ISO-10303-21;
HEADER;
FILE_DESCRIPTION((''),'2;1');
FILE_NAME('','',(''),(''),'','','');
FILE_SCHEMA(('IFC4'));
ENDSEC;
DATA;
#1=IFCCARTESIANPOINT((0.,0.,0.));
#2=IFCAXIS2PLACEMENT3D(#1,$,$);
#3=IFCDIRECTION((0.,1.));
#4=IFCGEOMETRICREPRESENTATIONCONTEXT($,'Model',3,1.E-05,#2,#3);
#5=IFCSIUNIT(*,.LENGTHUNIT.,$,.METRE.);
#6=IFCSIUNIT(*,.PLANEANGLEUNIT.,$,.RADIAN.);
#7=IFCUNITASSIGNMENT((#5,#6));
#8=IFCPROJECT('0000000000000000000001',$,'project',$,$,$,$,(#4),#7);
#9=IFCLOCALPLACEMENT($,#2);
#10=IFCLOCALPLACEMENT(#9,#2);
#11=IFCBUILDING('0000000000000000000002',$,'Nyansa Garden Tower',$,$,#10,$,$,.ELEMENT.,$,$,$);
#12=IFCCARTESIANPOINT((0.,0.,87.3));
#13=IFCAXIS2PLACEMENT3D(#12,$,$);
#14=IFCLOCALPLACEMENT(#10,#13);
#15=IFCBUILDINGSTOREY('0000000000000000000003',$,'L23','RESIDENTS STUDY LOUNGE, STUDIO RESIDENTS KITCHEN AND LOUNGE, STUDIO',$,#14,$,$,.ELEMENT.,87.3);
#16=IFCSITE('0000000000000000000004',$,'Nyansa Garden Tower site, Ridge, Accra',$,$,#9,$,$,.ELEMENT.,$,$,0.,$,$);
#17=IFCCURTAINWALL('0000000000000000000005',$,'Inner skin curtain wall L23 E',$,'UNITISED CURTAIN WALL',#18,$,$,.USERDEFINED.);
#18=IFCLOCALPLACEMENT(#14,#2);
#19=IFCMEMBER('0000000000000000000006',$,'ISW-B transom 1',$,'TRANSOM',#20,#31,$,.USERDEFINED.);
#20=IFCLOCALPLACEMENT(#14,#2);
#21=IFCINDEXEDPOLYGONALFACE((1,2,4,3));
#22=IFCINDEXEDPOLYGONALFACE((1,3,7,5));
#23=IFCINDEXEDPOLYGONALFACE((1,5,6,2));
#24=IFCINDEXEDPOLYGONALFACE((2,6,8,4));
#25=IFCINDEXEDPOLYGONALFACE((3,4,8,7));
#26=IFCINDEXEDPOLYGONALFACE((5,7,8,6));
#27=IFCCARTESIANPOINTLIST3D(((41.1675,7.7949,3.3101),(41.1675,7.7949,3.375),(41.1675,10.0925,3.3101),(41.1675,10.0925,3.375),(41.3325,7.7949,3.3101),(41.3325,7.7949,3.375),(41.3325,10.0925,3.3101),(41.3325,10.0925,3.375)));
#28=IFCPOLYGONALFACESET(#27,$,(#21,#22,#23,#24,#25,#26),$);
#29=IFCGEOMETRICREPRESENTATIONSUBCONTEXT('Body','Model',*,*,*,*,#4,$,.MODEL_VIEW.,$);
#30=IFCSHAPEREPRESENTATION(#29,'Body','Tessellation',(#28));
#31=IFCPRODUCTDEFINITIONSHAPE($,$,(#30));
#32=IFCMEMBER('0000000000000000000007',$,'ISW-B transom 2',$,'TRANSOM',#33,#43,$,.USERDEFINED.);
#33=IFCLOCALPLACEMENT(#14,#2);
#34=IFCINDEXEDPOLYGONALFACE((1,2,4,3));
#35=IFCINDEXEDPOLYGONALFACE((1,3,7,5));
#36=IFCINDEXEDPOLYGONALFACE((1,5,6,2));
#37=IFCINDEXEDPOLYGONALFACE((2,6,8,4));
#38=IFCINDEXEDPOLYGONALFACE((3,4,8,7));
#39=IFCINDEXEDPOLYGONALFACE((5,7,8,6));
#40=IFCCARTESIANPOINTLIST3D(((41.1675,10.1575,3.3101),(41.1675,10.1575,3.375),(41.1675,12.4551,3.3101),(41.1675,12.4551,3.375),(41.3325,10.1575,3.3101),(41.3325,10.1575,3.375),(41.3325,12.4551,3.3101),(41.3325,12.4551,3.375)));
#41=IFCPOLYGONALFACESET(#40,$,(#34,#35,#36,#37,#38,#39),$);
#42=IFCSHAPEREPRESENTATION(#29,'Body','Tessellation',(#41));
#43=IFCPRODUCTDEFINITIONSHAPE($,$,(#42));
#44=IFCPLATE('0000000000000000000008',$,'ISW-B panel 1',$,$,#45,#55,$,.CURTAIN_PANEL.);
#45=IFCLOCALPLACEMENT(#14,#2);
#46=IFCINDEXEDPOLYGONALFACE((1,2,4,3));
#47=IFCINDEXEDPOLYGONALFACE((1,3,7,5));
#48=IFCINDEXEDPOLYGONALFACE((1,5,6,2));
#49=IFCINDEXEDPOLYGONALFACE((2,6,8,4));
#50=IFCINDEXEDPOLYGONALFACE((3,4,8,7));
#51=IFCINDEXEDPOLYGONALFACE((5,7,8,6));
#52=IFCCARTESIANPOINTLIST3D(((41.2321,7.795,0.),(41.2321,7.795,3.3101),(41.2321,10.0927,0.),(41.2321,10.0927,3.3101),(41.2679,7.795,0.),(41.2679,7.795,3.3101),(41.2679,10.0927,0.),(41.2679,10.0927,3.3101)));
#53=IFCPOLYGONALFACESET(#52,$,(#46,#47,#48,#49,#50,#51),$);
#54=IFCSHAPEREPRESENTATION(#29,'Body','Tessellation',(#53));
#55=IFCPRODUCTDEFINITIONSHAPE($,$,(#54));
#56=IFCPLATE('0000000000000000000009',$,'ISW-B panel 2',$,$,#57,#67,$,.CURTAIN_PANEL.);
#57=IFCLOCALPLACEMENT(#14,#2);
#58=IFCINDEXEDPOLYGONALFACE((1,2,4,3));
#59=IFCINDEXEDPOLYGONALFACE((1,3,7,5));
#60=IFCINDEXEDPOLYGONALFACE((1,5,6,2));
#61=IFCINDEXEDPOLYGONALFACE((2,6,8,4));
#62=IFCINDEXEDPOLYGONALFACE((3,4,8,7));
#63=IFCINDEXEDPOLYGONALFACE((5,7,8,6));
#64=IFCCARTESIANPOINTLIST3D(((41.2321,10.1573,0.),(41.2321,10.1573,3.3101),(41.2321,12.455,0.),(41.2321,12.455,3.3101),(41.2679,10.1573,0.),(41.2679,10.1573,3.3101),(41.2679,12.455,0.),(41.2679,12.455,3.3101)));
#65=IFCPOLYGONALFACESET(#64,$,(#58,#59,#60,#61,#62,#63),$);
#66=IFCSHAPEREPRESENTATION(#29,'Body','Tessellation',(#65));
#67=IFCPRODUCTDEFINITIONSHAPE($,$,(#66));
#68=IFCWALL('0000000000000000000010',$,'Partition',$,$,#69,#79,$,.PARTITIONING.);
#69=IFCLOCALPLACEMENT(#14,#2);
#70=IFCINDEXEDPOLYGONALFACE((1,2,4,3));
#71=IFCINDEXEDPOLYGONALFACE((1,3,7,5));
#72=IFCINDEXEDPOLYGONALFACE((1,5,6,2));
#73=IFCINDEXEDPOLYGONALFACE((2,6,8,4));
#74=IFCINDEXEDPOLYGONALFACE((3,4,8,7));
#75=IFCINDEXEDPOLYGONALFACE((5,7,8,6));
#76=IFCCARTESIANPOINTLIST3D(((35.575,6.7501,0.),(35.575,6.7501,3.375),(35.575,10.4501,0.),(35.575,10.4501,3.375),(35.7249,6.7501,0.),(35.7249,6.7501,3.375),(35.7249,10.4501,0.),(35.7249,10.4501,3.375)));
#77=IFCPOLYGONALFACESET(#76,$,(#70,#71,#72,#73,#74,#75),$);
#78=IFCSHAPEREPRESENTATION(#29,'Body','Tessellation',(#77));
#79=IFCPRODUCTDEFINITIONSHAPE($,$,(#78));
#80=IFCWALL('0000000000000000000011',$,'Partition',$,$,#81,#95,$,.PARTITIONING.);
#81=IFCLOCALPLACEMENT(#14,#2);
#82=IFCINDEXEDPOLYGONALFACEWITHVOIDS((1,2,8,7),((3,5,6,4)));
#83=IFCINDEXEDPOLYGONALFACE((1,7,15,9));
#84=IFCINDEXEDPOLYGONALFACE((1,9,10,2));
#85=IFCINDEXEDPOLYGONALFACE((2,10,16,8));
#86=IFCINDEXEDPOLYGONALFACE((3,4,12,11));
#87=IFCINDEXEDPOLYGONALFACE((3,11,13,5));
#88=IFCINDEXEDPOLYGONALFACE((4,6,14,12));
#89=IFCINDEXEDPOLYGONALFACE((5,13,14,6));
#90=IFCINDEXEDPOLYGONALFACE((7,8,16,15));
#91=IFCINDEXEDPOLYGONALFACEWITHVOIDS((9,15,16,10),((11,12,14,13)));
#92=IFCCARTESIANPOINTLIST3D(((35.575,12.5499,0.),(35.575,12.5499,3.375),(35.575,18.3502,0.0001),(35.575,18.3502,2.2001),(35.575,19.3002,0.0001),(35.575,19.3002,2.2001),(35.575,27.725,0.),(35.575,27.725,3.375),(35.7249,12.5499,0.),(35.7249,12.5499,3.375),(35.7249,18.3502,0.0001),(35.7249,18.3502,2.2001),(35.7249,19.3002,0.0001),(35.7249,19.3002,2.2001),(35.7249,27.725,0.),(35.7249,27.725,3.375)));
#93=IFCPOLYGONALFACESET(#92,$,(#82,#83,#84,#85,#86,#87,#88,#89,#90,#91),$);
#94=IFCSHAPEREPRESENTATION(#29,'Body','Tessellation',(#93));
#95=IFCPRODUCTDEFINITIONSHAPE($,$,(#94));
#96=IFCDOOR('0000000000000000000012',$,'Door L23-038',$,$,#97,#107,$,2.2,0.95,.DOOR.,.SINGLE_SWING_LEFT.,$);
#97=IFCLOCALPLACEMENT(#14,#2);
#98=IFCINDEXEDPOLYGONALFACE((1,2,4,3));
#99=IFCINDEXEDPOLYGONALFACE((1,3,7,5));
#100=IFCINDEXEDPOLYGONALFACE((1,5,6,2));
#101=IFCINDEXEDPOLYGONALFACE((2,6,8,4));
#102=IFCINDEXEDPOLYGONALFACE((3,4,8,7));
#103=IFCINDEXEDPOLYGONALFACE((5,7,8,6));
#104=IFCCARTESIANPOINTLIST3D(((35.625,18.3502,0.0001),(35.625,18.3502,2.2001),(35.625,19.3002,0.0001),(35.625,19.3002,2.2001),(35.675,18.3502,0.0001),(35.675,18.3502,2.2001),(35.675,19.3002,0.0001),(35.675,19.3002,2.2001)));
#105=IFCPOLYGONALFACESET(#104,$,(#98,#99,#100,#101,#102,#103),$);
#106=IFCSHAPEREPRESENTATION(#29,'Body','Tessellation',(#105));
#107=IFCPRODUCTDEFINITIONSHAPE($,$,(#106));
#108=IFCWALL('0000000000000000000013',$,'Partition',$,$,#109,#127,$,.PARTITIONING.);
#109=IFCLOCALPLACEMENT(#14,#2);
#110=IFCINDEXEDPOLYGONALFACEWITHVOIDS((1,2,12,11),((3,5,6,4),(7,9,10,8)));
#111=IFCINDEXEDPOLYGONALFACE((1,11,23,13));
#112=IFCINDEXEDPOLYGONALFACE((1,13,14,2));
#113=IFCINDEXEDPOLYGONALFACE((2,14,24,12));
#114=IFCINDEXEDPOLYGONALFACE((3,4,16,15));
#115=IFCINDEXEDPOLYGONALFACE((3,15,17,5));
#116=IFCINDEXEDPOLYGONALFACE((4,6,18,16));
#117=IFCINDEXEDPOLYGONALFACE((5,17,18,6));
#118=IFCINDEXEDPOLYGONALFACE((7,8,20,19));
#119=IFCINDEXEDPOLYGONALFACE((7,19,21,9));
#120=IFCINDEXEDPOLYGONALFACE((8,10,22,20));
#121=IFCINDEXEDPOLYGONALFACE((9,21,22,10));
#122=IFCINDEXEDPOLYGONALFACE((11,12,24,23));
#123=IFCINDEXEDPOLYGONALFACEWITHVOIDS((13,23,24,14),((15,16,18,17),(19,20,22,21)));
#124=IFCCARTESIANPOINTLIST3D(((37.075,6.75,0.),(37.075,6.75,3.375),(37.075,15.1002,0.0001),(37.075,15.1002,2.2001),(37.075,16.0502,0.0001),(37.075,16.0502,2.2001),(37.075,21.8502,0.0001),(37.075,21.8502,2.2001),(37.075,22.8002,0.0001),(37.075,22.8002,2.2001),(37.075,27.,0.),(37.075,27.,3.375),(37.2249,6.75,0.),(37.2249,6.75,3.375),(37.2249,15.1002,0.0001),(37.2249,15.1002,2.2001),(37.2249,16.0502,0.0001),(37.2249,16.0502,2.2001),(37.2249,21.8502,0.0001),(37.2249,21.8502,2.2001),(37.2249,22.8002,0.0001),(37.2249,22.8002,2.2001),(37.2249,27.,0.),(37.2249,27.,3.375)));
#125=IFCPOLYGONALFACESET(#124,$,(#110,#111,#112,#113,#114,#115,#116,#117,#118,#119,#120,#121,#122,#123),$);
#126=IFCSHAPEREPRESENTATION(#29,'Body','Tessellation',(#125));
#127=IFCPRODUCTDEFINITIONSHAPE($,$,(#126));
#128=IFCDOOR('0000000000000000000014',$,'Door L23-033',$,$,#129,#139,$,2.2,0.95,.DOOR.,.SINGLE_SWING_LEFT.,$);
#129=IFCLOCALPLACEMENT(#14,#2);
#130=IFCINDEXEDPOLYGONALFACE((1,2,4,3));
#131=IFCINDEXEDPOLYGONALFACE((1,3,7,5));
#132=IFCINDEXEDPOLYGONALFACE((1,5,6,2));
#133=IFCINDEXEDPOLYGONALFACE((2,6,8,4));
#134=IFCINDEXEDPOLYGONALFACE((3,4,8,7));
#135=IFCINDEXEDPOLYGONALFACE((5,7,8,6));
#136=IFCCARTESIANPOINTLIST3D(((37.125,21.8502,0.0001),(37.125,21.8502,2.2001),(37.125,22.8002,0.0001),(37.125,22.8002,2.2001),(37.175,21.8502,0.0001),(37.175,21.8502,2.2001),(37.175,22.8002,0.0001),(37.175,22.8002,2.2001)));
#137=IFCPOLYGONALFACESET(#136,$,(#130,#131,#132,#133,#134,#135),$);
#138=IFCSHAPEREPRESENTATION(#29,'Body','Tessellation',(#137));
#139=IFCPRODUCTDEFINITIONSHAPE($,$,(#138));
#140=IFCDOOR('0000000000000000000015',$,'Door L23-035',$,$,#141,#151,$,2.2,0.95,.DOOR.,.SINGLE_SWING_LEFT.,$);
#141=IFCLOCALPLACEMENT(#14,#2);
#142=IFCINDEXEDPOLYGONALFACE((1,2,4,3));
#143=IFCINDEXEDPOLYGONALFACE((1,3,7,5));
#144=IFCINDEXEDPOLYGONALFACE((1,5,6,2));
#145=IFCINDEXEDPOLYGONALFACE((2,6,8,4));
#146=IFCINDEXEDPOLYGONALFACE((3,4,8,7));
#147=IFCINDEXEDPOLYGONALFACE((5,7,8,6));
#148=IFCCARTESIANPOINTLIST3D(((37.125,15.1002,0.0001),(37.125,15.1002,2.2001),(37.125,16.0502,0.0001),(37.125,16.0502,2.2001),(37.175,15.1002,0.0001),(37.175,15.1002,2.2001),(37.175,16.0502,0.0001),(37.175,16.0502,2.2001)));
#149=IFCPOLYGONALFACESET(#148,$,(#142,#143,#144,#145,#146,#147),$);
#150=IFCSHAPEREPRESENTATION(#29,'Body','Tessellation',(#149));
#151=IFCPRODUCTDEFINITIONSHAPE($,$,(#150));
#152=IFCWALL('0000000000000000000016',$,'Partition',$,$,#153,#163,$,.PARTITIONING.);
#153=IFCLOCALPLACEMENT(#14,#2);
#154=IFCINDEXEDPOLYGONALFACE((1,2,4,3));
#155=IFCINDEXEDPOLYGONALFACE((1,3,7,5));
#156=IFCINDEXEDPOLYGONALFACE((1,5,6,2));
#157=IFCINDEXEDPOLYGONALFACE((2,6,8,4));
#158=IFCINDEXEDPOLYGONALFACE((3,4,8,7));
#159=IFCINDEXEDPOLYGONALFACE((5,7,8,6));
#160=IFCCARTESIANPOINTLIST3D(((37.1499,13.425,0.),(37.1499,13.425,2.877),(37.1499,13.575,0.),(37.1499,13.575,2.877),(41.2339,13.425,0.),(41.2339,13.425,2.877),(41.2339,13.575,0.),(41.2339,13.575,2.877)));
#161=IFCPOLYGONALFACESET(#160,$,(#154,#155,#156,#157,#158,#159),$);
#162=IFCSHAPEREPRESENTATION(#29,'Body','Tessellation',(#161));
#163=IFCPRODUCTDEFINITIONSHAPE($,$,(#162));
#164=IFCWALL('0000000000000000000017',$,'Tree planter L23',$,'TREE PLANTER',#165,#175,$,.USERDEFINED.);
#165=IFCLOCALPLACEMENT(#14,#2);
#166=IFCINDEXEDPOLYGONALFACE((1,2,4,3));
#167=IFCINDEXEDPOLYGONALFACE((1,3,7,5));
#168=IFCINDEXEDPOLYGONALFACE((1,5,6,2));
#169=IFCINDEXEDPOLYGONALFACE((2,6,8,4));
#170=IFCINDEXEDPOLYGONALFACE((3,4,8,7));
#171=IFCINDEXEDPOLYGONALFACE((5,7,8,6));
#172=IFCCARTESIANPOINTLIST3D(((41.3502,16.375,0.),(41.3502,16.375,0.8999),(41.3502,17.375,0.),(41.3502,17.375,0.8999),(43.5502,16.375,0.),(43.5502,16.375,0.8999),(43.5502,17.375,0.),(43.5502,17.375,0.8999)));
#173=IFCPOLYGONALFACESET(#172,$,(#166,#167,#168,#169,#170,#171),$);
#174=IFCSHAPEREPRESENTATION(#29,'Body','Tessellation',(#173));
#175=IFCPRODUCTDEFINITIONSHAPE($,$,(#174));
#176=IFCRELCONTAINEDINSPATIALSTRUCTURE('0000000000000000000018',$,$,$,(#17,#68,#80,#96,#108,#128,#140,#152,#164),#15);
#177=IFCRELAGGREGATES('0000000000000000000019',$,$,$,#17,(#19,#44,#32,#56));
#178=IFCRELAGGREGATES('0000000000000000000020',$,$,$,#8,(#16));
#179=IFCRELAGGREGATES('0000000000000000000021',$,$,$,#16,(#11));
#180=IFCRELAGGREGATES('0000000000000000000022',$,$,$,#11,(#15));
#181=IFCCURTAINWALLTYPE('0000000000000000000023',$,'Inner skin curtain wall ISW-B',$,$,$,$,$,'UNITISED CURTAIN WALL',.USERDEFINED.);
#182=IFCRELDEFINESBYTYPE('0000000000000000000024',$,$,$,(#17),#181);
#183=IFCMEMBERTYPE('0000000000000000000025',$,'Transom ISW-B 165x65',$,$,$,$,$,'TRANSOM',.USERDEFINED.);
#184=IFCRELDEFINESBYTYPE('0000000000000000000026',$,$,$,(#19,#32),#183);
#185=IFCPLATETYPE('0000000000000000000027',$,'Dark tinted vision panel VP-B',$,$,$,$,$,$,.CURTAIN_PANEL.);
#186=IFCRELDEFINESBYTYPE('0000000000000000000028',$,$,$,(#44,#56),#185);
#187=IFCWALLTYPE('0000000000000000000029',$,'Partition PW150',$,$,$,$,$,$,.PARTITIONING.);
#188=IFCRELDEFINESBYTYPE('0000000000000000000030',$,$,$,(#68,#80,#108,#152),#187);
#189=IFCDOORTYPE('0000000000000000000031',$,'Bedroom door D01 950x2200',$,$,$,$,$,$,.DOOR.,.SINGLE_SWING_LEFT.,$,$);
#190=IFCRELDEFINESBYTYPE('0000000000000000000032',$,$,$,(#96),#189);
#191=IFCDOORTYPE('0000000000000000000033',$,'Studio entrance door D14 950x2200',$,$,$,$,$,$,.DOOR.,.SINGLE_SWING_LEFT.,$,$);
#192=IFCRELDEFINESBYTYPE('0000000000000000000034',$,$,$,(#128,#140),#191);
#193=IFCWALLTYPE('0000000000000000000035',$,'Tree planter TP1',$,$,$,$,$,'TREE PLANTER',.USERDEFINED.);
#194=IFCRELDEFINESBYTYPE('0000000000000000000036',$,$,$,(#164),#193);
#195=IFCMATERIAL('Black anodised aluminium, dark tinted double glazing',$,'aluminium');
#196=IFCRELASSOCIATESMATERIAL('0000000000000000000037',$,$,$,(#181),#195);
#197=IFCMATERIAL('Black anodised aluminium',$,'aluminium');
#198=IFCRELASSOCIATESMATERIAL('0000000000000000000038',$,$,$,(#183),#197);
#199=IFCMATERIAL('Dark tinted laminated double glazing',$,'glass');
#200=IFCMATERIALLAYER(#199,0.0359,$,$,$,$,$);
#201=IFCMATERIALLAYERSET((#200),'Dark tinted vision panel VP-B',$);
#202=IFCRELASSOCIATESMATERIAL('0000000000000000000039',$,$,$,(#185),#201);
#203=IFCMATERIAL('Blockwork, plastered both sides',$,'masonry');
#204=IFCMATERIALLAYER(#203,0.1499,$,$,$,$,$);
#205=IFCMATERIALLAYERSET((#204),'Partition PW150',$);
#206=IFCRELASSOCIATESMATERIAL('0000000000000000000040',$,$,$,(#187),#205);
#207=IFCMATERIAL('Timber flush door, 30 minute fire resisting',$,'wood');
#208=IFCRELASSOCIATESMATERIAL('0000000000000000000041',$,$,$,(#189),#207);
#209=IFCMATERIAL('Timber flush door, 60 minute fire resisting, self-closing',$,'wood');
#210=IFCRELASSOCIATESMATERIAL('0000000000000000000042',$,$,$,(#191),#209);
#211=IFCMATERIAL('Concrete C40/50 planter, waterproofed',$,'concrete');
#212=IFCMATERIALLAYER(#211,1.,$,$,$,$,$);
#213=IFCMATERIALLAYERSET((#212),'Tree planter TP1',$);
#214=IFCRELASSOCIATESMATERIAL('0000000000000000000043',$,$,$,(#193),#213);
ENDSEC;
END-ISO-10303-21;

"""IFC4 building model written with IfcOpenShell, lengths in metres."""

from ifc_helpers import new_model, si_unit, direction, frame, frame_2d, origin, origin_2d, place, context, subcontext, project, spatial, rectangle, extrude, material, layer, layer_set, material_profile, profile_set, type_object, element, fill, aggregate, save


model = new_model("IFC4")

# Units and contexts
model_context = context("Model", 3, precision=1e-05, world=origin(), true_north=direction((0.0, 1.0)))
body_context = subcontext(model_context, "Body", "Model", "MODEL_VIEW")
ifc_project = project(units=[si_unit("LENGTHUNIT", "METRE"), si_unit("PLANEANGLEUNIT", "RADIAN")], contexts=[model_context])

# Site, building, storey
site_placement = place(None, origin())
site = spatial("IfcSite", under=ifc_project, at=site_placement, Name="Nyansa Garden Tower site, Ridge, Accra", CompositionType="ELEMENT", RefElevation=0.0)
building_placement = place(site_placement, origin())
building = spatial("IfcBuilding", under=site, at=building_placement, Name="Nyansa Garden Tower", CompositionType="ELEMENT")
storey_placement = place(building_placement, frame((0.0, 0.0, 87.3)))
storey = spatial("IfcBuildingStorey", under=building, at=storey_placement, Name="L23", Description="RESIDENTS STUDY LOUNGE, STUDIO RESIDENTS KITCHEN AND LOUNGE, STUDIO", CompositionType="ELEMENT", Elevation=87.3)

# Curtain wall
ifc_material_1 = material(Name="Black anodised aluminium, dark tinted double glazing", Category="aluminium")
curtain_wall_type = type_object("IfcCurtainWallType", Name="Inner skin curtain wall ISW-B", ElementType="UNITISED CURTAIN WALL", PredefinedType="USERDEFINED", material=ifc_material_1)
curtain_wall_placement = place(storey_placement, origin())
curtain_wall = element("IfcCurtainWall", 1, at=curtain_wall_placement, inside=storey, type_object=curtain_wall_type, Name="Inner skin curtain wall L23 E", ObjectType="UNITISED CURTAIN WALL", PredefinedType="USERDEFINED")

# Members
ifc_material_2 = material(Name="Black anodised aluminium", Category="aluminium")
ifc_material_profile_1 = material_profile(ifc_material_2, rectangle(XDim=0.165, YDim=0.0649, at=origin_2d()), Name="Transom 165x65")
ifc_profile_set_1 = profile_set([ifc_material_profile_1], Name="Black anodised aluminium")
member_type_1 = type_object("IfcMemberType", Name="Transom ISW-B 165x65", ElementType="TRANSOM", PredefinedType="USERDEFINED", material=ifc_profile_set_1)
member_1_placement = place(storey_placement, frame((41.25, 7.7949, 3.3425), z_axis=(0.0, 1.0, 0.0), x_axis=(-1.0, 0.0, 0.0)))
member_1 = element("IfcMember", 2, at=member_1_placement, type_object=member_type_1, Name="ISW-B transom 1", ObjectType="TRANSOM", PredefinedType="USERDEFINED", context=body_context, shape_type="SweptSolid", body=[
    extrude(rectangle(XDim=0.165, YDim=0.0649, at=origin_2d()), origin(), (0.0, 0.0, 1.0), 2.2976),
])
member_2_placement = place(storey_placement, frame((41.25, 10.1575, 3.3425), z_axis=(0.0, 1.0, 0.0), x_axis=(-1.0, 0.0, 0.0)))
member_2 = element("IfcMember", 3, at=member_2_placement, type_object=member_type_1, Name="ISW-B transom 2", ObjectType="TRANSOM", PredefinedType="USERDEFINED", context=body_context, shape_type="SweptSolid", body=[
    extrude(rectangle(XDim=0.165, YDim=0.0649, at=origin_2d()), origin(), (0.0, 0.0, 1.0), 2.2976),
])

# Plates
ifc_material_3 = material(Name="Dark tinted laminated double glazing", Category="glass")
ifc_layer_1 = layer(ifc_material_3, 0.0359)
ifc_layer_set_1 = layer_set([ifc_layer_1], Name="Dark tinted vision panel VP-B")
plate_type = type_object("IfcPlateType", Name="Dark tinted vision panel VP-B", PredefinedType="CURTAIN_PANEL", material=ifc_layer_set_1)
plate_1_placement = place(storey_placement, frame((41.25, 8.9438, 0.0), z_axis=(0.0, 0.0, 1.0), x_axis=(0.0, 1.0, 0.0)))
plate_1 = element("IfcPlate", 4, at=plate_1_placement, type_object=plate_type, Name="ISW-B panel 1", PredefinedType="CURTAIN_PANEL", context=body_context, shape_type="SweptSolid", body=[
    extrude(rectangle(XDim=2.2976, YDim=0.0359, at=origin_2d()), origin(), (0.0, 0.0, 1.0), 3.3101),
])
plate_2_placement = place(storey_placement, frame((41.25, 11.3062, 0.0), z_axis=(0.0, 0.0, 1.0), x_axis=(0.0, 1.0, 0.0)))
plate_2 = element("IfcPlate", 5, at=plate_2_placement, type_object=plate_type, Name="ISW-B panel 2", PredefinedType="CURTAIN_PANEL", context=body_context, shape_type="SweptSolid", body=[
    extrude(rectangle(XDim=2.2976, YDim=0.0359, at=origin_2d()), origin(), (0.0, 0.0, 1.0), 3.3101),
])
aggregate(curtain_wall, [member_1, plate_1, member_2, plate_2])

# Wall
ifc_material_4 = material(Name="Blockwork, plastered both sides", Category="masonry")
ifc_layer_2 = layer(ifc_material_4, 0.1499)
ifc_layer_set_2 = layer_set([ifc_layer_2], Name="Partition PW150")
wall_type_1 = type_object("IfcWallType", Name="Partition PW150", PredefinedType="PARTITIONING", material=ifc_layer_set_2)
wall_1_placement = place(storey_placement, frame((35.6499, 6.75, 0.0), z_axis=(0.0, 0.0, 1.0), x_axis=(0.0, 1.0, 0.0)))
element("IfcWall", 6, at=wall_1_placement, inside=storey, type_object=wall_type_1, Name="Partition", PredefinedType="PARTITIONING", context=body_context, shape_type="SweptSolid", body=[
    extrude(rectangle(XDim=3.7, YDim=0.1499, at=frame_2d((1.8501, 0.0))), origin(), (0.0, 0.0, 1.0), 3.375),
])

# Wall, opening, door
wall_2_placement = place(storey_placement, frame((35.6499, 12.55, 0.0), z_axis=(0.0, 0.0, 1.0), x_axis=(0.0, 1.0, 0.0)))
wall_2 = element("IfcWall", 7, at=wall_2_placement, inside=storey, type_object=wall_type_1, Name="Partition", PredefinedType="PARTITIONING", context=body_context, shape_type="SweptSolid", body=[
    extrude(rectangle(XDim=15.175, YDim=0.1499, at=frame_2d((7.5874, 0.0))), origin(), (0.0, 0.0, 1.0), 3.375),
])
opening_1_placement = place(wall_2_placement, frame((5.8, 0.0, 0.0)))
opening_1 = element("IfcOpeningElement", 8, at=opening_1_placement, cuts=wall_2, PredefinedType="OPENING", context=body_context, shape_type="SweptSolid", body=[
    extrude(rectangle(XDim=0.95, YDim=2.2, at=frame_2d((0.4751, 1.1001))), frame((0.0, 0.085, 0.0), z_axis=(0.0, -1.0, 0.0), x_axis=(1.0, 0.0, 0.0)), (0.0, 0.0, 1.0), 0.1699),
])
ifc_material_5 = material(Name="Timber flush door, 30 minute fire resisting", Category="wood")
door_type_1 = type_object("IfcDoorType", Name="Bedroom door D01 950x2200", OperationType="SINGLE_SWING_LEFT", PredefinedType="DOOR", material=ifc_material_5)
door_1_placement = place(opening_1_placement, origin())
door_1 = element("IfcDoor", 9, at=door_1_placement, inside=storey, type_object=door_type_1, Name="Door L23-038", OperationType="SINGLE_SWING_LEFT", OverallHeight=2.2, OverallWidth=0.95, PredefinedType="DOOR", context=body_context, shape_type="SweptSolid", body=[
    extrude(rectangle(XDim=0.95, YDim=2.2, at=frame_2d((0.4751, 1.1001))), frame((0.0, 0.0249, 0.0), z_axis=(0.0, -1.0, 0.0), x_axis=(1.0, 0.0, 0.0)), (0.0, 0.0, 1.0), 0.05),
])
fill(opening_1, door_1)

# Wall, openings, doors
wall_3_placement = place(storey_placement, frame((37.1499, 6.75, 0.0), z_axis=(0.0, 0.0, 1.0), x_axis=(0.0, 1.0, 0.0)))
wall_3 = element("IfcWall", 10, at=wall_3_placement, inside=storey, type_object=wall_type_1, Name="Partition", PredefinedType="PARTITIONING", context=body_context, shape_type="SweptSolid", body=[
    extrude(rectangle(XDim=20.25, YDim=0.1499, at=frame_2d((10.125, 0.0))), origin(), (0.0, 0.0, 1.0), 3.375),
])
opening_2_placement = place(wall_3_placement, frame((15.1001, 0.0, 0.0)))
opening_2 = element("IfcOpeningElement", 11, at=opening_2_placement, cuts=wall_3, PredefinedType="OPENING", context=body_context, shape_type="SweptSolid", body=[
    extrude(rectangle(XDim=0.95, YDim=2.2, at=frame_2d((0.4751, 1.1001))), frame((0.0, 0.085, 0.0), z_axis=(0.0, -1.0, 0.0), x_axis=(1.0, 0.0, 0.0)), (0.0, 0.0, 1.0), 0.1699),
])
opening_3_placement = place(wall_3_placement, frame((8.3501, 0.0, 0.0)))
opening_3 = element("IfcOpeningElement", 12, at=opening_3_placement, cuts=wall_3, PredefinedType="OPENING", context=body_context, shape_type="SweptSolid", body=[
    extrude(rectangle(XDim=0.95, YDim=2.2, at=frame_2d((0.4751, 1.1001))), frame((0.0, 0.085, 0.0), z_axis=(0.0, -1.0, 0.0), x_axis=(1.0, 0.0, 0.0)), (0.0, 0.0, 1.0), 0.1699),
])
ifc_material_6 = material(Name="Timber flush door, 60 minute fire resisting, self-closing", Category="wood")
door_type_2 = type_object("IfcDoorType", Name="Studio entrance door D14 950x2200", OperationType="SINGLE_SWING_LEFT", PredefinedType="DOOR", material=ifc_material_6)
door_2_placement = place(opening_2_placement, origin())
door_2 = element("IfcDoor", 13, at=door_2_placement, inside=storey, type_object=door_type_2, Name="Door L23-033", OperationType="SINGLE_SWING_LEFT", OverallHeight=2.2, OverallWidth=0.95, PredefinedType="DOOR", context=body_context, shape_type="SweptSolid", body=[
    extrude(rectangle(XDim=0.95, YDim=2.2, at=frame_2d((0.4751, 1.1001))), frame((0.0, 0.0249, 0.0), z_axis=(0.0, -1.0, 0.0), x_axis=(1.0, 0.0, 0.0)), (0.0, 0.0, 1.0), 0.05),
])
fill(opening_2, door_2)
door_3_placement = place(opening_3_placement, origin())
door_3 = element("IfcDoor", 14, at=door_3_placement, inside=storey, type_object=door_type_2, Name="Door L23-035", OperationType="SINGLE_SWING_LEFT", OverallHeight=2.2, OverallWidth=0.95, PredefinedType="DOOR", context=body_context, shape_type="SweptSolid", body=[
    extrude(rectangle(XDim=0.95, YDim=2.2, at=frame_2d((0.4751, 1.1001))), frame((0.0, 0.0249, 0.0), z_axis=(0.0, -1.0, 0.0), x_axis=(1.0, 0.0, 0.0)), (0.0, 0.0, 1.0), 0.05),
])
fill(opening_3, door_3)

# Walls
wall_4_placement = place(storey_placement, frame((37.1499, 13.5, 0.0), z_axis=(0.0, 0.0, 1.0), x_axis=(1.0, 0.0, 0.0)))
element("IfcWall", 15, at=wall_4_placement, inside=storey, type_object=wall_type_1, Name="Partition", PredefinedType="PARTITIONING", context=body_context, shape_type="SweptSolid", body=[
    extrude(rectangle(XDim=4.084, YDim=0.1499, at=frame_2d((2.042, 0.0))), origin(), (0.0, 0.0, 1.0), 2.877),
])
ifc_material_7 = material(Name="Concrete C40/50 planter, waterproofed", Category="concrete")
ifc_layer_3 = layer(ifc_material_7, 1.0)
ifc_layer_set_3 = layer_set([ifc_layer_3], Name="Tree planter TP1")
wall_type_2 = type_object("IfcWallType", Name="Tree planter TP1", ElementType="TREE PLANTER", PredefinedType="USERDEFINED", material=ifc_layer_set_3)
wall_5_placement = place(storey_placement, frame((41.3501, 16.875, 0.0), z_axis=(0.0, 0.0, 1.0), x_axis=(1.0, 0.0, 0.0)))
element("IfcWall", 16, at=wall_5_placement, inside=storey, type_object=wall_type_2, Name="Tree planter L23", ObjectType="TREE PLANTER", PredefinedType="USERDEFINED", context=body_context, shape_type="SweptSolid", body=[
    extrude(rectangle(XDim=2.2, YDim=1.0, at=frame_2d((1.1001, 0.0))), origin(), (0.0, 0.0, 1.0), 0.8999),
])

save(model, "model.ifc")
